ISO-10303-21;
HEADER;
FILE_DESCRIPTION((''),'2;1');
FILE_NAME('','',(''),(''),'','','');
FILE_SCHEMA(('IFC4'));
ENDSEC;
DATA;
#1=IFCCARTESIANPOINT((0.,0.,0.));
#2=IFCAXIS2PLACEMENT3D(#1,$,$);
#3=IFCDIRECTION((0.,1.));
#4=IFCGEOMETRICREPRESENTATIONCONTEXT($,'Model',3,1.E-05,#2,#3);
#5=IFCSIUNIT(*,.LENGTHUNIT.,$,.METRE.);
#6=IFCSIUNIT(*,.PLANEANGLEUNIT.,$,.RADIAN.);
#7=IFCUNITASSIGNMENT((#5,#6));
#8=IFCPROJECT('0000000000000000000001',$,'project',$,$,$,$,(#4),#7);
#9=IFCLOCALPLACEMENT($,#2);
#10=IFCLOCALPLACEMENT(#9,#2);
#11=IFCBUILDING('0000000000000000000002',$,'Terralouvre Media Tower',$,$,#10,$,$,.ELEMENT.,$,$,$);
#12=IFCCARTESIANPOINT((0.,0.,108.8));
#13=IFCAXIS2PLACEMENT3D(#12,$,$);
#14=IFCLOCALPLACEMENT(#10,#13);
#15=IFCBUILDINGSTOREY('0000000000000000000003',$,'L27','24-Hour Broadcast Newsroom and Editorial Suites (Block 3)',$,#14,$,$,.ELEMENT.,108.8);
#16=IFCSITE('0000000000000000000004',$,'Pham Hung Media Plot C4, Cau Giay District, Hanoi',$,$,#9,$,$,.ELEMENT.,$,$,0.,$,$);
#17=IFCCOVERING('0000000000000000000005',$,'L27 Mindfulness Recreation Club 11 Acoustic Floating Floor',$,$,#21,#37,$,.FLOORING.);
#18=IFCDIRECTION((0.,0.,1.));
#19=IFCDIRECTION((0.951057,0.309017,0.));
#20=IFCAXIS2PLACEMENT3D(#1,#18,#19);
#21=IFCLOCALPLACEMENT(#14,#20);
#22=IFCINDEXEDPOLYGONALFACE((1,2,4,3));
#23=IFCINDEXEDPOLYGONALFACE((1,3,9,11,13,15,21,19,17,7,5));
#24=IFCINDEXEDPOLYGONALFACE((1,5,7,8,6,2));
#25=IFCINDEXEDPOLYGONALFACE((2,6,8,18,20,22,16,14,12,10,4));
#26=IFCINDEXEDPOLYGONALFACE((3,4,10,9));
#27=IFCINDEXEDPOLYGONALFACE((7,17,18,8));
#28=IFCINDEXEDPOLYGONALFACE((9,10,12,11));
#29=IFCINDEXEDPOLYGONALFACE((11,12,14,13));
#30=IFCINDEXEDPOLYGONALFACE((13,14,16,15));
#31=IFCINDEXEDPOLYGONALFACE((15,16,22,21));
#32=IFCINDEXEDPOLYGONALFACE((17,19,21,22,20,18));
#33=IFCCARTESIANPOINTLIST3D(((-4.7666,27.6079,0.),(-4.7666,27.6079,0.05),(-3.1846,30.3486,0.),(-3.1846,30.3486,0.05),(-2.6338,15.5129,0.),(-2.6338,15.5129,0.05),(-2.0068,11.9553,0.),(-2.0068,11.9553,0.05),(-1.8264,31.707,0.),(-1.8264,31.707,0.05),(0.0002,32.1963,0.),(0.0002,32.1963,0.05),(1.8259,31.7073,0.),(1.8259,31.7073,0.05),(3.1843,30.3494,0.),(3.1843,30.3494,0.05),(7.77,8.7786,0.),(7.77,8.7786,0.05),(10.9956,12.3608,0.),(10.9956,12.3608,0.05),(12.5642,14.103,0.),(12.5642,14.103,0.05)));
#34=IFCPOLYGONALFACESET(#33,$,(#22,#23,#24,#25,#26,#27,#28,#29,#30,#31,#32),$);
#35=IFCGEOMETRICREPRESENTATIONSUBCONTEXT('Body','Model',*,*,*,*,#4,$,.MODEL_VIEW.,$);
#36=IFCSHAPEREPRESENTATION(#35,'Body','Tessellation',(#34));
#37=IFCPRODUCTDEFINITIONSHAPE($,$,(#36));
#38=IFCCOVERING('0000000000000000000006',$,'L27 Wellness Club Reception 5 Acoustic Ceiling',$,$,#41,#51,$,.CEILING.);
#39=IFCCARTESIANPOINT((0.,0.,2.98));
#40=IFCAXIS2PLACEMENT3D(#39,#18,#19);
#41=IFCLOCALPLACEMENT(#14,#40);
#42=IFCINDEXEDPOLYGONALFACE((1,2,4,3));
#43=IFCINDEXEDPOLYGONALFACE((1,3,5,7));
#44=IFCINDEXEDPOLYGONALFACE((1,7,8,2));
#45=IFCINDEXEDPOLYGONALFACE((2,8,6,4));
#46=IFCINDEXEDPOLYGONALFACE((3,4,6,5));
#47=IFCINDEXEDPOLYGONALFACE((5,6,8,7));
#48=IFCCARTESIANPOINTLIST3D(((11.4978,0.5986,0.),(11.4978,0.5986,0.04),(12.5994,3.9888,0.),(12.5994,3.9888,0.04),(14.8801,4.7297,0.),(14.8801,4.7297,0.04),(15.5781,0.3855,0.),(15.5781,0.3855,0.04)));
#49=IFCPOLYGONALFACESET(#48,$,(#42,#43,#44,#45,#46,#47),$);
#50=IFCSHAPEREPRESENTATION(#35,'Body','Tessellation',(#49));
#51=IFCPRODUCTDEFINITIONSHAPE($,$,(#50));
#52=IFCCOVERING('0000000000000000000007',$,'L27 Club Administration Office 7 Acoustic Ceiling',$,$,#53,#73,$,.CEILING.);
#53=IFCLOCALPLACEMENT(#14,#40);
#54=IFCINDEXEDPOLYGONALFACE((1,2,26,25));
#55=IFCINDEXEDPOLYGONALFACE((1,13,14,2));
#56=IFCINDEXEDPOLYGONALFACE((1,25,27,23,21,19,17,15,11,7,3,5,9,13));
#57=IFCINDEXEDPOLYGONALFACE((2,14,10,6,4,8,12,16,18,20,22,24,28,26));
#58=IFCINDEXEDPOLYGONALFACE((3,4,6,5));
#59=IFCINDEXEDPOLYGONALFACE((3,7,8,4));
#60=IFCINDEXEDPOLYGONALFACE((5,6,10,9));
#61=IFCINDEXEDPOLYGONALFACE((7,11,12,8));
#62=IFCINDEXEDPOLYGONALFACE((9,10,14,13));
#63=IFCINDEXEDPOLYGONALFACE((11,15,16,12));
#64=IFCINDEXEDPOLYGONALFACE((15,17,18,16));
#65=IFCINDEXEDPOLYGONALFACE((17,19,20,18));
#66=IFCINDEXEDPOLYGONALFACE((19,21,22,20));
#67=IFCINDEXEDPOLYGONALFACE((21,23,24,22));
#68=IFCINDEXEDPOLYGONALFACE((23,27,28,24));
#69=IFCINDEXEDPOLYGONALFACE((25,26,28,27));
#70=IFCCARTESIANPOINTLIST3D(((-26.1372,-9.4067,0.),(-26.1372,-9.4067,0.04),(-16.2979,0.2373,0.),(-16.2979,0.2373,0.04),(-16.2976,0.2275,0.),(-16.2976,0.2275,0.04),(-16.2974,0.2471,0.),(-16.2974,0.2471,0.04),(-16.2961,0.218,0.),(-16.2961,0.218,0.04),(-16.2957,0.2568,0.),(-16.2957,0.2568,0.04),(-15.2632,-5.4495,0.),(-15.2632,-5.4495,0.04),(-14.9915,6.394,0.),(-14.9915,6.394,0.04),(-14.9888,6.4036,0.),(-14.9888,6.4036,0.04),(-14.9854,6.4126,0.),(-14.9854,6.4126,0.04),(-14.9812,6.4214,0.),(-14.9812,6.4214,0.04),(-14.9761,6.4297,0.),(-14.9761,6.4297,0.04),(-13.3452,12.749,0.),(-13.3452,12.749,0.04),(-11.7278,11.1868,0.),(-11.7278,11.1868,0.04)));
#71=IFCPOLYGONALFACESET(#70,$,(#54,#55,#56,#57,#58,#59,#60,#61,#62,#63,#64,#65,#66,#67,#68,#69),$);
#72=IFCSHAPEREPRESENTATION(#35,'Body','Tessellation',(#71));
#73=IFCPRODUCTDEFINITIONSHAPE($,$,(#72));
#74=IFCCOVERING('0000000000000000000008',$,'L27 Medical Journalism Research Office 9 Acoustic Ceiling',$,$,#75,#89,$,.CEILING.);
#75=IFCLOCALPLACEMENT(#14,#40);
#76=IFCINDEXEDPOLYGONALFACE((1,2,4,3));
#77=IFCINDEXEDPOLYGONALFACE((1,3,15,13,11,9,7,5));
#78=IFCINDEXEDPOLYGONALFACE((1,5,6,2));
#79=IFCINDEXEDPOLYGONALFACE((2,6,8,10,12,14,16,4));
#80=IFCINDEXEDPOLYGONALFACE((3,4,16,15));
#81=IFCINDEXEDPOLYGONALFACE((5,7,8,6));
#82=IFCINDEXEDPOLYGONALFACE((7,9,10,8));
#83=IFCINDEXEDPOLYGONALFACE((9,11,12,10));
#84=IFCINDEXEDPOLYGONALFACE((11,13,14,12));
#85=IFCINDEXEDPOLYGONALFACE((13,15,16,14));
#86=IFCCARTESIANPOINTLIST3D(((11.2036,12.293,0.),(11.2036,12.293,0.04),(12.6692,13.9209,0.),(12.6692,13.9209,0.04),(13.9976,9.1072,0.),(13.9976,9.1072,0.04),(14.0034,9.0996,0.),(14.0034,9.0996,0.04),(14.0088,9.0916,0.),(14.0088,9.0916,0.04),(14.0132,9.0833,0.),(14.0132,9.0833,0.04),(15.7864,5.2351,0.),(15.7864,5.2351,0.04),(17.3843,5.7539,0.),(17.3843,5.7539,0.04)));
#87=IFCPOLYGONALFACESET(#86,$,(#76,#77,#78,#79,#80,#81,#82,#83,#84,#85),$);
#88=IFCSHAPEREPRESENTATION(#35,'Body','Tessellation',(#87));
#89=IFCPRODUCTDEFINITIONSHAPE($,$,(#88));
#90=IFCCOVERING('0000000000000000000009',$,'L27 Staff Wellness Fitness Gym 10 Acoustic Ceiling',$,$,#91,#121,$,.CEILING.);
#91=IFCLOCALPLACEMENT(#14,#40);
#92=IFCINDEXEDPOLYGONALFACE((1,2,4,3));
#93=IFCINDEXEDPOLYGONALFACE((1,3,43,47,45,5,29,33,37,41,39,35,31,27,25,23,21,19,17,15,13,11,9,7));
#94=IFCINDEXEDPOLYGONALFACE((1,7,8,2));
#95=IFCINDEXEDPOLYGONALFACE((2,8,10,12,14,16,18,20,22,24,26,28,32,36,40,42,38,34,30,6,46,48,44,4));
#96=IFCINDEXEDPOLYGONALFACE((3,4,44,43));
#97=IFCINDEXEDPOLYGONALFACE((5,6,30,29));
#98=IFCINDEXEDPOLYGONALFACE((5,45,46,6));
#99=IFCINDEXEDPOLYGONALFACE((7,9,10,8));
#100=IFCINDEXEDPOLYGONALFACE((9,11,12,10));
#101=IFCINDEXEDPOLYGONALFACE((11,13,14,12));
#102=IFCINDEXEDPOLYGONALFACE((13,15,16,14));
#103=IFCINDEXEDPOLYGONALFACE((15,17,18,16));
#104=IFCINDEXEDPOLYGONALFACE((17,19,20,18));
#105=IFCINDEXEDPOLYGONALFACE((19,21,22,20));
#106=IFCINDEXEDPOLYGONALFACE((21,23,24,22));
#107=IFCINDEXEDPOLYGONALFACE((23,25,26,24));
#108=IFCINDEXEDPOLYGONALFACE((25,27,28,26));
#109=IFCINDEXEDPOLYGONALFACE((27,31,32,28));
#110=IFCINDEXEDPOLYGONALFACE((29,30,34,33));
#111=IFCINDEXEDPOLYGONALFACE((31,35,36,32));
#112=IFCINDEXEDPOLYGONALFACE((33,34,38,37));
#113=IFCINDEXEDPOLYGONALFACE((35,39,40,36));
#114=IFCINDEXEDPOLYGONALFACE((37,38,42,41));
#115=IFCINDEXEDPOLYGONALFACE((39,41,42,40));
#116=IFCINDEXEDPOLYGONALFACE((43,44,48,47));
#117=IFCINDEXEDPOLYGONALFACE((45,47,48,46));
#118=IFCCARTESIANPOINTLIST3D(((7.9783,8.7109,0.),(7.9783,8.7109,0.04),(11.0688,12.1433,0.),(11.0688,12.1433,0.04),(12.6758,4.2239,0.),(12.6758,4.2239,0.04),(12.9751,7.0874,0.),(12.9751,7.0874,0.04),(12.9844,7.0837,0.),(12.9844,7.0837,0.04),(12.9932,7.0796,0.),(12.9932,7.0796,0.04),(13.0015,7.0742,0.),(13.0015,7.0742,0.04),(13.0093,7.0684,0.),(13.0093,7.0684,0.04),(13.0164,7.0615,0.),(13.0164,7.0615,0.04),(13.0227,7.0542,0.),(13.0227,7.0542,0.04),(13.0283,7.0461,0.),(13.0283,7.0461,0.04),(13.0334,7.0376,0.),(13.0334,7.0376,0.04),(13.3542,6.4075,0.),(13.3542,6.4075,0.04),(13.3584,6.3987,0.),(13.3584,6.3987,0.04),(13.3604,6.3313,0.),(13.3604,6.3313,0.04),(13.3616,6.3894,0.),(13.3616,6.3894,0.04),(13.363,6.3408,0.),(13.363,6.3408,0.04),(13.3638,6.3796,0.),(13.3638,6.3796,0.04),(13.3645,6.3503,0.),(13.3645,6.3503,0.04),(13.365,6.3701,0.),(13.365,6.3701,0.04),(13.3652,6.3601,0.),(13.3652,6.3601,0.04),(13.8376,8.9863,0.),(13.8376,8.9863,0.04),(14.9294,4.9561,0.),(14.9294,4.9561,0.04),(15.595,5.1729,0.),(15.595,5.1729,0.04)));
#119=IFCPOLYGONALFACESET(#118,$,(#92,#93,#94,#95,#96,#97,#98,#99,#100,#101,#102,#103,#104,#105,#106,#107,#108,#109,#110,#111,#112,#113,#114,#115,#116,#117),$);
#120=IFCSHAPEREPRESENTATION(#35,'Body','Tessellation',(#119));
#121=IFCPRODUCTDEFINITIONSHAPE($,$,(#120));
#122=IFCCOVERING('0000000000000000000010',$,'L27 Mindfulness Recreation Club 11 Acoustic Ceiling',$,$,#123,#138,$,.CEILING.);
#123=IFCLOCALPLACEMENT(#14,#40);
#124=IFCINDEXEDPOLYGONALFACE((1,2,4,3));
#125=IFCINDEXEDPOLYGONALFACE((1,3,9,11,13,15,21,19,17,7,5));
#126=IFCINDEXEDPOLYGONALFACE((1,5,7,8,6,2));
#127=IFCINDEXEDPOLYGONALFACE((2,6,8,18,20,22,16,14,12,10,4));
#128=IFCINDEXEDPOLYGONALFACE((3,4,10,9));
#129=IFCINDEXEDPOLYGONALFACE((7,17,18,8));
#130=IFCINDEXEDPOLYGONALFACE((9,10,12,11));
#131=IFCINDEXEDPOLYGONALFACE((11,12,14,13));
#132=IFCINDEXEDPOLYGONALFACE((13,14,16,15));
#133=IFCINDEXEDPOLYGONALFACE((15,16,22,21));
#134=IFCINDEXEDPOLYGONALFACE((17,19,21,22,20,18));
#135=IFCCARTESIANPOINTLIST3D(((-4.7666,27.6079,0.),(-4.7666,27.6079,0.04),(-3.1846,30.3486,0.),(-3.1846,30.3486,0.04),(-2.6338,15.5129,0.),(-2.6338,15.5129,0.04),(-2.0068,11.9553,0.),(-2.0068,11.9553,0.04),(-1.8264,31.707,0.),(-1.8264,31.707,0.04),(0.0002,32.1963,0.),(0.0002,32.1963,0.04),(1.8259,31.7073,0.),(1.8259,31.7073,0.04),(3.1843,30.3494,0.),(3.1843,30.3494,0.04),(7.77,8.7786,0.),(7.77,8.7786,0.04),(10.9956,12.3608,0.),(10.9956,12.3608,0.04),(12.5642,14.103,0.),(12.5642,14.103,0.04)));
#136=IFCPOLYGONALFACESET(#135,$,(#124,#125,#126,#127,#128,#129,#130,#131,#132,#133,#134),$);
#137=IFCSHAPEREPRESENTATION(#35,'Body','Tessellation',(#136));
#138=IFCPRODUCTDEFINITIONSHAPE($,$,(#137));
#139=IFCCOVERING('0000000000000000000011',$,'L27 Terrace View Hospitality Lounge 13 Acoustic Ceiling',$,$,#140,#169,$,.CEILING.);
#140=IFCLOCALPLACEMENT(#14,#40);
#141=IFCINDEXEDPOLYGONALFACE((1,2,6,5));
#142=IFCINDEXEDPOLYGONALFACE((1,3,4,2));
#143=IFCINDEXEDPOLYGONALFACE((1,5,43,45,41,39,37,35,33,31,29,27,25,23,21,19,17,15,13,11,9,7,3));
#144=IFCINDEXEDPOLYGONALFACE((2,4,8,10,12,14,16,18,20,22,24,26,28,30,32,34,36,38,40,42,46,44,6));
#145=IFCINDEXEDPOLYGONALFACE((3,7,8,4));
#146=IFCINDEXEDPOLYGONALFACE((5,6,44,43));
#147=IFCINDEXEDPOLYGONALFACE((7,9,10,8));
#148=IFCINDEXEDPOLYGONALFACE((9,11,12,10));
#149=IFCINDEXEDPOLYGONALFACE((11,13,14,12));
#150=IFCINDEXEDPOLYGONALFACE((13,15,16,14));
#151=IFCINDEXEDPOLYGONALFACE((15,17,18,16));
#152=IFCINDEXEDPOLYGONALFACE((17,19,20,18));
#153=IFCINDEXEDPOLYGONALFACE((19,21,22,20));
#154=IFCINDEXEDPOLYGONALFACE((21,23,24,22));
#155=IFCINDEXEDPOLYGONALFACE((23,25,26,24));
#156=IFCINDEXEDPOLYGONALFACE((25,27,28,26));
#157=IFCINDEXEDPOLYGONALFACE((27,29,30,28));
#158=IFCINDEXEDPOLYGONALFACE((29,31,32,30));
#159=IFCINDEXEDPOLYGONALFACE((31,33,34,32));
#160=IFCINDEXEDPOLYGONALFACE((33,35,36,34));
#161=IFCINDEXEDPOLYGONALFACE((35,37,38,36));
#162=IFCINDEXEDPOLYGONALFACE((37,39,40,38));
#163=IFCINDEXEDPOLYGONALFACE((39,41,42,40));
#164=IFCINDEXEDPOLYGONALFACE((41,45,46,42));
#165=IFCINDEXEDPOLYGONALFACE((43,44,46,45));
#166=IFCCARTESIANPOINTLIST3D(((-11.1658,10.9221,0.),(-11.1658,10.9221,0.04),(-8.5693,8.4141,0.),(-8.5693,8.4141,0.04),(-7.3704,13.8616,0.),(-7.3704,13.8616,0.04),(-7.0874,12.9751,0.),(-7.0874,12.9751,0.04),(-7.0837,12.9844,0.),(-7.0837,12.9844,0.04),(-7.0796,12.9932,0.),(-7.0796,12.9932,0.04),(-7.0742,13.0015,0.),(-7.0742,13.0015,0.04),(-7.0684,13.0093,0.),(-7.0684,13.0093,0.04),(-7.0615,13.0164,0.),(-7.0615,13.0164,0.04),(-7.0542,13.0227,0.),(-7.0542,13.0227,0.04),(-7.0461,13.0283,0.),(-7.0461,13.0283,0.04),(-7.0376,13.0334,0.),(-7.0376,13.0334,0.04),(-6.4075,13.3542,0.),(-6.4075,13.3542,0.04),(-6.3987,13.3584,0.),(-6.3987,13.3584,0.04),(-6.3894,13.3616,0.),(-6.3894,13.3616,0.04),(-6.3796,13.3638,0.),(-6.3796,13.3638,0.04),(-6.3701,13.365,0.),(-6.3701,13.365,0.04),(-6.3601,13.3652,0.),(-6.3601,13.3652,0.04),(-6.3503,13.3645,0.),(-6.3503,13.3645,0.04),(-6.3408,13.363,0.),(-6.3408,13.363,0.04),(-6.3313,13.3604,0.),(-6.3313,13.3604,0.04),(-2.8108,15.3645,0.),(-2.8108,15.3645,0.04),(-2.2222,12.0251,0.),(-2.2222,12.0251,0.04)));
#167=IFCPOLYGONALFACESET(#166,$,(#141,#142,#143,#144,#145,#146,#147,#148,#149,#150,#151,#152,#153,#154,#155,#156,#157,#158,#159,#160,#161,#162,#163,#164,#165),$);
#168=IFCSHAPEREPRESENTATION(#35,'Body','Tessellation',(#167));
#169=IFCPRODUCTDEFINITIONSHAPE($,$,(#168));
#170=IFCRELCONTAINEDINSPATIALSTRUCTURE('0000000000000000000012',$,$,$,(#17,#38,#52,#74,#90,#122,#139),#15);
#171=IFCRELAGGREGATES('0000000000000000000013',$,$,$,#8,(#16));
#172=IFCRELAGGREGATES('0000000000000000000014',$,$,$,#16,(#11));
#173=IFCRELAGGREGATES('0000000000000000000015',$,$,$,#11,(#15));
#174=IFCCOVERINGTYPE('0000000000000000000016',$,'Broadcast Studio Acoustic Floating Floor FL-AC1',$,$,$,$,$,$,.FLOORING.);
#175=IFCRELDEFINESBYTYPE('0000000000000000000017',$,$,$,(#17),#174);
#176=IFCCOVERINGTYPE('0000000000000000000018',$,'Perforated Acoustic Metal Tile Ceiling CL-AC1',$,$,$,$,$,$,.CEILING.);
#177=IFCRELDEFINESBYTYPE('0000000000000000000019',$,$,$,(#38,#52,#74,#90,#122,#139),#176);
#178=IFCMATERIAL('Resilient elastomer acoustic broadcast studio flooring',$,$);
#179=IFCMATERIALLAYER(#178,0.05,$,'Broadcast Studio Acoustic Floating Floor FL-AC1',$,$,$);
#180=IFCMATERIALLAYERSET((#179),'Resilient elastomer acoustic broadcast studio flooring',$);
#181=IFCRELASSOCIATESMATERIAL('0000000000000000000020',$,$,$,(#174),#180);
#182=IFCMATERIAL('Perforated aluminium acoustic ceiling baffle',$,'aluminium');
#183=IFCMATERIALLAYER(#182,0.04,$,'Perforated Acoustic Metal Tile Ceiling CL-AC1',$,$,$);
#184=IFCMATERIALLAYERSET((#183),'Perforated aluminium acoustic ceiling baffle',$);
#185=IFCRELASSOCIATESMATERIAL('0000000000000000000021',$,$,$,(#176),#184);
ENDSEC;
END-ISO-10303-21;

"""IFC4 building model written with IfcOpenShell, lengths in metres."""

from ifc_helpers import new_model, si_unit, direction, frame, origin, place, context, subcontext, project, spatial, polyline, outline, extrude, material, layer, layer_set, type_object, element, save


model = new_model("IFC4")

# Units and contexts
model_context = context("Model", 3, precision=1e-05, world=origin(), true_north=direction((0.0, 1.0)))
body_context = subcontext(model_context, "Body", "Model", "MODEL_VIEW")
ifc_project = project(units=[si_unit("LENGTHUNIT", "METRE"), si_unit("PLANEANGLEUNIT", "RADIAN")], contexts=[model_context])

# Site, building, storey
site_placement = place(None, origin())
site = spatial("IfcSite", under=ifc_project, at=site_placement, Name="Pham Hung Media Plot C4, Cau Giay District, Hanoi", CompositionType="ELEMENT", RefElevation=0.0)
building_placement = place(site_placement, origin())
building = spatial("IfcBuilding", under=site, at=building_placement, Name="Terralouvre Media Tower", CompositionType="ELEMENT")
storey_placement = place(building_placement, frame((0.0, 0.0, 108.8)))
storey = spatial("IfcBuildingStorey", under=building, at=storey_placement, Name="L27", Description="24-Hour Broadcast Newsroom and Editorial Suites (Block 3)", CompositionType="ELEMENT", Elevation=108.8)

# Coverings
ifc_material_1 = material(Name="Resilient elastomer acoustic broadcast studio flooring")
ifc_layer_1 = layer(ifc_material_1, 0.05, Name="Broadcast Studio Acoustic Floating Floor FL-AC1")
ifc_layer_set_1 = layer_set([ifc_layer_1], Name="Resilient elastomer acoustic broadcast studio flooring")
covering_type_1 = type_object("IfcCoveringType", Name="Broadcast Studio Acoustic Floating Floor FL-AC1", PredefinedType="FLOORING", material=ifc_layer_set_1)
covering_1_placement = place(storey_placement, frame((0.0, 0.0, 0.0), z_axis=(0.0, 0.0, 1.0), x_axis=(0.951057, 0.309017, 0.0)))
element("IfcCovering", 1, at=covering_1_placement, inside=storey, type_object=covering_type_1, Name="L27 Mindfulness Recreation Club 11 Acoustic Floating Floor", PredefinedType="FLOORING", context=body_context, shape_type="SweptSolid", body=[
    extrude(outline(polyline([(-2.6338, 15.5129), (-2.0068, 11.9553), (7.77, 8.7786), (10.9956, 12.3608), (12.5642, 14.103), (3.1843, 30.3494), (1.8259, 31.7073), (0.0002, 32.1963), (-1.8264, 31.707), (-3.1846, 30.3486), (-4.7666, 27.6079), (-2.6338, 15.5129)])), origin(), (0.0, 0.0, 1.0), 0.05),
])
ifc_material_2 = material(Name="Perforated aluminium acoustic ceiling baffle", Category="aluminium")
ifc_layer_2 = layer(ifc_material_2, 0.04, Name="Perforated Acoustic Metal Tile Ceiling CL-AC1")
ifc_layer_set_2 = layer_set([ifc_layer_2], Name="Perforated aluminium acoustic ceiling baffle")
covering_type_2 = type_object("IfcCoveringType", Name="Perforated Acoustic Metal Tile Ceiling CL-AC1", PredefinedType="CEILING", material=ifc_layer_set_2)
covering_2_placement = place(storey_placement, frame((0.0, 0.0, 2.98), z_axis=(0.0, 0.0, 1.0), x_axis=(0.951057, 0.309017, 0.0)))
element("IfcCovering", 2, at=covering_2_placement, inside=storey, type_object=covering_type_2, Name="L27 Wellness Club Reception 5 Acoustic Ceiling", PredefinedType="CEILING", context=body_context, shape_type="SweptSolid", body=[
    extrude(outline(polyline([(12.5994, 3.9888), (11.4978, 0.5986), (15.5781, 0.3855), (14.8801, 4.7297), (12.5994, 3.9888)])), origin(), (0.0, 0.0, 1.0), 0.04),
])
covering_3_placement = place(storey_placement, frame((0.0, 0.0, 2.98), z_axis=(0.0, 0.0, 1.0), x_axis=(0.951057, 0.309017, 0.0)))
element("IfcCovering", 3, at=covering_3_placement, inside=storey, type_object=covering_type_2, Name="L27 Club Administration Office 7 Acoustic Ceiling", PredefinedType="CEILING", context=body_context, shape_type="SweptSolid", body=[
    extrude(outline(polyline([(-16.2961, 0.218), (-16.2976, 0.2275), (-16.2979, 0.2373), (-16.2974, 0.2471), (-16.2957, 0.2568), (-14.9915, 6.394), (-14.9888, 6.4036), (-14.9854, 6.4126), (-14.9812, 6.4214), (-14.9761, 6.4297), (-11.7278, 11.1868), (-13.3452, 12.749), (-26.1372, -9.4067), (-15.2632, -5.4495), (-16.2961, 0.218)])), origin(), (0.0, 0.0, 1.0), 0.04),
])
covering_4_placement = place(storey_placement, frame((0.0, 0.0, 2.98), z_axis=(0.0, 0.0, 1.0), x_axis=(0.951057, 0.309017, 0.0)))
element("IfcCovering", 4, at=covering_4_placement, inside=storey, type_object=covering_type_2, Name="L27 Medical Journalism Research Office 9 Acoustic Ceiling", PredefinedType="CEILING", context=body_context, shape_type="SweptSolid", body=[
    extrude(outline(polyline([(13.9976, 9.1072), (14.0034, 9.0996), (14.0088, 9.0916), (14.0132, 9.0833), (15.7864, 5.2351), (17.3843, 5.7539), (12.6692, 13.9209), (11.2036, 12.293), (13.9976, 9.1072)])), origin(), (0.0, 0.0, 1.0), 0.04),
])
covering_5_placement = place(storey_placement, frame((0.0, 0.0, 2.98), z_axis=(0.0, 0.0, 1.0), x_axis=(0.951057, 0.309017, 0.0)))
element("IfcCovering", 5, at=covering_5_placement, inside=storey, type_object=covering_type_2, Name="L27 Staff Wellness Fitness Gym 10 Acoustic Ceiling", PredefinedType="CEILING", context=body_context, shape_type="SweptSolid", body=[
    extrude(outline(polyline([(15.595, 5.1729), (13.8376, 8.9863), (11.0688, 12.1433), (7.9783, 8.7109), (12.9751, 7.0874), (12.9844, 7.0837), (12.9932, 7.0796), (13.0015, 7.0742), (13.0093, 7.0684), (13.0164, 7.0615), (13.0227, 7.0542), (13.0283, 7.0461), (13.0334, 7.0376), (13.3542, 6.4075), (13.3584, 6.3987), (13.3616, 6.3894), (13.3638, 6.3796), (13.365, 6.3701), (13.3652, 6.3601), (13.3645, 6.3503), (13.363, 6.3408), (13.3604, 6.3313), (12.6758, 4.2239), (14.9294, 4.9561), (15.595, 5.1729)])), origin(), (0.0, 0.0, 1.0), 0.04),
])
covering_6_placement = place(storey_placement, frame((0.0, 0.0, 2.98), z_axis=(0.0, 0.0, 1.0), x_axis=(0.951057, 0.309017, 0.0)))
element("IfcCovering", 6, at=covering_6_placement, inside=storey, type_object=covering_type_2, Name="L27 Mindfulness Recreation Club 11 Acoustic Ceiling", PredefinedType="CEILING", context=body_context, shape_type="SweptSolid", body=[
    extrude(outline(polyline([(-2.6338, 15.5129), (-2.0068, 11.9553), (7.77, 8.7786), (10.9956, 12.3608), (12.5642, 14.103), (3.1843, 30.3494), (1.8259, 31.7073), (0.0002, 32.1963), (-1.8264, 31.707), (-3.1846, 30.3486), (-4.7666, 27.6079), (-2.6338, 15.5129)])), origin(), (0.0, 0.0, 1.0), 0.04),
])
covering_7_placement = place(storey_placement, frame((0.0, 0.0, 2.98), z_axis=(0.0, 0.0, 1.0), x_axis=(0.951057, 0.309017, 0.0)))
element("IfcCovering", 7, at=covering_7_placement, inside=storey, type_object=covering_type_2, Name="L27 Terrace View Hospitality Lounge 13 Acoustic Ceiling", PredefinedType="CEILING", context=body_context, shape_type="SweptSolid", body=[
    extrude(outline(polyline([(-7.3704, 13.8616), (-11.1658, 10.9221), (-8.5693, 8.4141), (-7.0874, 12.9751), (-7.0837, 12.9844), (-7.0796, 12.9932), (-7.0742, 13.0015), (-7.0684, 13.0093), (-7.0615, 13.0164), (-7.0542, 13.0227), (-7.0461, 13.0283), (-7.0376, 13.0334), (-6.4075, 13.3542), (-6.3987, 13.3584), (-6.3894, 13.3616), (-6.3796, 13.3638), (-6.3701, 13.365), (-6.3601, 13.3652), (-6.3503, 13.3645), (-6.3408, 13.363), (-6.3313, 13.3604), (-2.2222, 12.0251), (-2.8108, 15.3645), (-7.3704, 13.8616)])), origin(), (0.0, 0.0, 1.0), 0.04),
])

save(model, "model.ifc")
